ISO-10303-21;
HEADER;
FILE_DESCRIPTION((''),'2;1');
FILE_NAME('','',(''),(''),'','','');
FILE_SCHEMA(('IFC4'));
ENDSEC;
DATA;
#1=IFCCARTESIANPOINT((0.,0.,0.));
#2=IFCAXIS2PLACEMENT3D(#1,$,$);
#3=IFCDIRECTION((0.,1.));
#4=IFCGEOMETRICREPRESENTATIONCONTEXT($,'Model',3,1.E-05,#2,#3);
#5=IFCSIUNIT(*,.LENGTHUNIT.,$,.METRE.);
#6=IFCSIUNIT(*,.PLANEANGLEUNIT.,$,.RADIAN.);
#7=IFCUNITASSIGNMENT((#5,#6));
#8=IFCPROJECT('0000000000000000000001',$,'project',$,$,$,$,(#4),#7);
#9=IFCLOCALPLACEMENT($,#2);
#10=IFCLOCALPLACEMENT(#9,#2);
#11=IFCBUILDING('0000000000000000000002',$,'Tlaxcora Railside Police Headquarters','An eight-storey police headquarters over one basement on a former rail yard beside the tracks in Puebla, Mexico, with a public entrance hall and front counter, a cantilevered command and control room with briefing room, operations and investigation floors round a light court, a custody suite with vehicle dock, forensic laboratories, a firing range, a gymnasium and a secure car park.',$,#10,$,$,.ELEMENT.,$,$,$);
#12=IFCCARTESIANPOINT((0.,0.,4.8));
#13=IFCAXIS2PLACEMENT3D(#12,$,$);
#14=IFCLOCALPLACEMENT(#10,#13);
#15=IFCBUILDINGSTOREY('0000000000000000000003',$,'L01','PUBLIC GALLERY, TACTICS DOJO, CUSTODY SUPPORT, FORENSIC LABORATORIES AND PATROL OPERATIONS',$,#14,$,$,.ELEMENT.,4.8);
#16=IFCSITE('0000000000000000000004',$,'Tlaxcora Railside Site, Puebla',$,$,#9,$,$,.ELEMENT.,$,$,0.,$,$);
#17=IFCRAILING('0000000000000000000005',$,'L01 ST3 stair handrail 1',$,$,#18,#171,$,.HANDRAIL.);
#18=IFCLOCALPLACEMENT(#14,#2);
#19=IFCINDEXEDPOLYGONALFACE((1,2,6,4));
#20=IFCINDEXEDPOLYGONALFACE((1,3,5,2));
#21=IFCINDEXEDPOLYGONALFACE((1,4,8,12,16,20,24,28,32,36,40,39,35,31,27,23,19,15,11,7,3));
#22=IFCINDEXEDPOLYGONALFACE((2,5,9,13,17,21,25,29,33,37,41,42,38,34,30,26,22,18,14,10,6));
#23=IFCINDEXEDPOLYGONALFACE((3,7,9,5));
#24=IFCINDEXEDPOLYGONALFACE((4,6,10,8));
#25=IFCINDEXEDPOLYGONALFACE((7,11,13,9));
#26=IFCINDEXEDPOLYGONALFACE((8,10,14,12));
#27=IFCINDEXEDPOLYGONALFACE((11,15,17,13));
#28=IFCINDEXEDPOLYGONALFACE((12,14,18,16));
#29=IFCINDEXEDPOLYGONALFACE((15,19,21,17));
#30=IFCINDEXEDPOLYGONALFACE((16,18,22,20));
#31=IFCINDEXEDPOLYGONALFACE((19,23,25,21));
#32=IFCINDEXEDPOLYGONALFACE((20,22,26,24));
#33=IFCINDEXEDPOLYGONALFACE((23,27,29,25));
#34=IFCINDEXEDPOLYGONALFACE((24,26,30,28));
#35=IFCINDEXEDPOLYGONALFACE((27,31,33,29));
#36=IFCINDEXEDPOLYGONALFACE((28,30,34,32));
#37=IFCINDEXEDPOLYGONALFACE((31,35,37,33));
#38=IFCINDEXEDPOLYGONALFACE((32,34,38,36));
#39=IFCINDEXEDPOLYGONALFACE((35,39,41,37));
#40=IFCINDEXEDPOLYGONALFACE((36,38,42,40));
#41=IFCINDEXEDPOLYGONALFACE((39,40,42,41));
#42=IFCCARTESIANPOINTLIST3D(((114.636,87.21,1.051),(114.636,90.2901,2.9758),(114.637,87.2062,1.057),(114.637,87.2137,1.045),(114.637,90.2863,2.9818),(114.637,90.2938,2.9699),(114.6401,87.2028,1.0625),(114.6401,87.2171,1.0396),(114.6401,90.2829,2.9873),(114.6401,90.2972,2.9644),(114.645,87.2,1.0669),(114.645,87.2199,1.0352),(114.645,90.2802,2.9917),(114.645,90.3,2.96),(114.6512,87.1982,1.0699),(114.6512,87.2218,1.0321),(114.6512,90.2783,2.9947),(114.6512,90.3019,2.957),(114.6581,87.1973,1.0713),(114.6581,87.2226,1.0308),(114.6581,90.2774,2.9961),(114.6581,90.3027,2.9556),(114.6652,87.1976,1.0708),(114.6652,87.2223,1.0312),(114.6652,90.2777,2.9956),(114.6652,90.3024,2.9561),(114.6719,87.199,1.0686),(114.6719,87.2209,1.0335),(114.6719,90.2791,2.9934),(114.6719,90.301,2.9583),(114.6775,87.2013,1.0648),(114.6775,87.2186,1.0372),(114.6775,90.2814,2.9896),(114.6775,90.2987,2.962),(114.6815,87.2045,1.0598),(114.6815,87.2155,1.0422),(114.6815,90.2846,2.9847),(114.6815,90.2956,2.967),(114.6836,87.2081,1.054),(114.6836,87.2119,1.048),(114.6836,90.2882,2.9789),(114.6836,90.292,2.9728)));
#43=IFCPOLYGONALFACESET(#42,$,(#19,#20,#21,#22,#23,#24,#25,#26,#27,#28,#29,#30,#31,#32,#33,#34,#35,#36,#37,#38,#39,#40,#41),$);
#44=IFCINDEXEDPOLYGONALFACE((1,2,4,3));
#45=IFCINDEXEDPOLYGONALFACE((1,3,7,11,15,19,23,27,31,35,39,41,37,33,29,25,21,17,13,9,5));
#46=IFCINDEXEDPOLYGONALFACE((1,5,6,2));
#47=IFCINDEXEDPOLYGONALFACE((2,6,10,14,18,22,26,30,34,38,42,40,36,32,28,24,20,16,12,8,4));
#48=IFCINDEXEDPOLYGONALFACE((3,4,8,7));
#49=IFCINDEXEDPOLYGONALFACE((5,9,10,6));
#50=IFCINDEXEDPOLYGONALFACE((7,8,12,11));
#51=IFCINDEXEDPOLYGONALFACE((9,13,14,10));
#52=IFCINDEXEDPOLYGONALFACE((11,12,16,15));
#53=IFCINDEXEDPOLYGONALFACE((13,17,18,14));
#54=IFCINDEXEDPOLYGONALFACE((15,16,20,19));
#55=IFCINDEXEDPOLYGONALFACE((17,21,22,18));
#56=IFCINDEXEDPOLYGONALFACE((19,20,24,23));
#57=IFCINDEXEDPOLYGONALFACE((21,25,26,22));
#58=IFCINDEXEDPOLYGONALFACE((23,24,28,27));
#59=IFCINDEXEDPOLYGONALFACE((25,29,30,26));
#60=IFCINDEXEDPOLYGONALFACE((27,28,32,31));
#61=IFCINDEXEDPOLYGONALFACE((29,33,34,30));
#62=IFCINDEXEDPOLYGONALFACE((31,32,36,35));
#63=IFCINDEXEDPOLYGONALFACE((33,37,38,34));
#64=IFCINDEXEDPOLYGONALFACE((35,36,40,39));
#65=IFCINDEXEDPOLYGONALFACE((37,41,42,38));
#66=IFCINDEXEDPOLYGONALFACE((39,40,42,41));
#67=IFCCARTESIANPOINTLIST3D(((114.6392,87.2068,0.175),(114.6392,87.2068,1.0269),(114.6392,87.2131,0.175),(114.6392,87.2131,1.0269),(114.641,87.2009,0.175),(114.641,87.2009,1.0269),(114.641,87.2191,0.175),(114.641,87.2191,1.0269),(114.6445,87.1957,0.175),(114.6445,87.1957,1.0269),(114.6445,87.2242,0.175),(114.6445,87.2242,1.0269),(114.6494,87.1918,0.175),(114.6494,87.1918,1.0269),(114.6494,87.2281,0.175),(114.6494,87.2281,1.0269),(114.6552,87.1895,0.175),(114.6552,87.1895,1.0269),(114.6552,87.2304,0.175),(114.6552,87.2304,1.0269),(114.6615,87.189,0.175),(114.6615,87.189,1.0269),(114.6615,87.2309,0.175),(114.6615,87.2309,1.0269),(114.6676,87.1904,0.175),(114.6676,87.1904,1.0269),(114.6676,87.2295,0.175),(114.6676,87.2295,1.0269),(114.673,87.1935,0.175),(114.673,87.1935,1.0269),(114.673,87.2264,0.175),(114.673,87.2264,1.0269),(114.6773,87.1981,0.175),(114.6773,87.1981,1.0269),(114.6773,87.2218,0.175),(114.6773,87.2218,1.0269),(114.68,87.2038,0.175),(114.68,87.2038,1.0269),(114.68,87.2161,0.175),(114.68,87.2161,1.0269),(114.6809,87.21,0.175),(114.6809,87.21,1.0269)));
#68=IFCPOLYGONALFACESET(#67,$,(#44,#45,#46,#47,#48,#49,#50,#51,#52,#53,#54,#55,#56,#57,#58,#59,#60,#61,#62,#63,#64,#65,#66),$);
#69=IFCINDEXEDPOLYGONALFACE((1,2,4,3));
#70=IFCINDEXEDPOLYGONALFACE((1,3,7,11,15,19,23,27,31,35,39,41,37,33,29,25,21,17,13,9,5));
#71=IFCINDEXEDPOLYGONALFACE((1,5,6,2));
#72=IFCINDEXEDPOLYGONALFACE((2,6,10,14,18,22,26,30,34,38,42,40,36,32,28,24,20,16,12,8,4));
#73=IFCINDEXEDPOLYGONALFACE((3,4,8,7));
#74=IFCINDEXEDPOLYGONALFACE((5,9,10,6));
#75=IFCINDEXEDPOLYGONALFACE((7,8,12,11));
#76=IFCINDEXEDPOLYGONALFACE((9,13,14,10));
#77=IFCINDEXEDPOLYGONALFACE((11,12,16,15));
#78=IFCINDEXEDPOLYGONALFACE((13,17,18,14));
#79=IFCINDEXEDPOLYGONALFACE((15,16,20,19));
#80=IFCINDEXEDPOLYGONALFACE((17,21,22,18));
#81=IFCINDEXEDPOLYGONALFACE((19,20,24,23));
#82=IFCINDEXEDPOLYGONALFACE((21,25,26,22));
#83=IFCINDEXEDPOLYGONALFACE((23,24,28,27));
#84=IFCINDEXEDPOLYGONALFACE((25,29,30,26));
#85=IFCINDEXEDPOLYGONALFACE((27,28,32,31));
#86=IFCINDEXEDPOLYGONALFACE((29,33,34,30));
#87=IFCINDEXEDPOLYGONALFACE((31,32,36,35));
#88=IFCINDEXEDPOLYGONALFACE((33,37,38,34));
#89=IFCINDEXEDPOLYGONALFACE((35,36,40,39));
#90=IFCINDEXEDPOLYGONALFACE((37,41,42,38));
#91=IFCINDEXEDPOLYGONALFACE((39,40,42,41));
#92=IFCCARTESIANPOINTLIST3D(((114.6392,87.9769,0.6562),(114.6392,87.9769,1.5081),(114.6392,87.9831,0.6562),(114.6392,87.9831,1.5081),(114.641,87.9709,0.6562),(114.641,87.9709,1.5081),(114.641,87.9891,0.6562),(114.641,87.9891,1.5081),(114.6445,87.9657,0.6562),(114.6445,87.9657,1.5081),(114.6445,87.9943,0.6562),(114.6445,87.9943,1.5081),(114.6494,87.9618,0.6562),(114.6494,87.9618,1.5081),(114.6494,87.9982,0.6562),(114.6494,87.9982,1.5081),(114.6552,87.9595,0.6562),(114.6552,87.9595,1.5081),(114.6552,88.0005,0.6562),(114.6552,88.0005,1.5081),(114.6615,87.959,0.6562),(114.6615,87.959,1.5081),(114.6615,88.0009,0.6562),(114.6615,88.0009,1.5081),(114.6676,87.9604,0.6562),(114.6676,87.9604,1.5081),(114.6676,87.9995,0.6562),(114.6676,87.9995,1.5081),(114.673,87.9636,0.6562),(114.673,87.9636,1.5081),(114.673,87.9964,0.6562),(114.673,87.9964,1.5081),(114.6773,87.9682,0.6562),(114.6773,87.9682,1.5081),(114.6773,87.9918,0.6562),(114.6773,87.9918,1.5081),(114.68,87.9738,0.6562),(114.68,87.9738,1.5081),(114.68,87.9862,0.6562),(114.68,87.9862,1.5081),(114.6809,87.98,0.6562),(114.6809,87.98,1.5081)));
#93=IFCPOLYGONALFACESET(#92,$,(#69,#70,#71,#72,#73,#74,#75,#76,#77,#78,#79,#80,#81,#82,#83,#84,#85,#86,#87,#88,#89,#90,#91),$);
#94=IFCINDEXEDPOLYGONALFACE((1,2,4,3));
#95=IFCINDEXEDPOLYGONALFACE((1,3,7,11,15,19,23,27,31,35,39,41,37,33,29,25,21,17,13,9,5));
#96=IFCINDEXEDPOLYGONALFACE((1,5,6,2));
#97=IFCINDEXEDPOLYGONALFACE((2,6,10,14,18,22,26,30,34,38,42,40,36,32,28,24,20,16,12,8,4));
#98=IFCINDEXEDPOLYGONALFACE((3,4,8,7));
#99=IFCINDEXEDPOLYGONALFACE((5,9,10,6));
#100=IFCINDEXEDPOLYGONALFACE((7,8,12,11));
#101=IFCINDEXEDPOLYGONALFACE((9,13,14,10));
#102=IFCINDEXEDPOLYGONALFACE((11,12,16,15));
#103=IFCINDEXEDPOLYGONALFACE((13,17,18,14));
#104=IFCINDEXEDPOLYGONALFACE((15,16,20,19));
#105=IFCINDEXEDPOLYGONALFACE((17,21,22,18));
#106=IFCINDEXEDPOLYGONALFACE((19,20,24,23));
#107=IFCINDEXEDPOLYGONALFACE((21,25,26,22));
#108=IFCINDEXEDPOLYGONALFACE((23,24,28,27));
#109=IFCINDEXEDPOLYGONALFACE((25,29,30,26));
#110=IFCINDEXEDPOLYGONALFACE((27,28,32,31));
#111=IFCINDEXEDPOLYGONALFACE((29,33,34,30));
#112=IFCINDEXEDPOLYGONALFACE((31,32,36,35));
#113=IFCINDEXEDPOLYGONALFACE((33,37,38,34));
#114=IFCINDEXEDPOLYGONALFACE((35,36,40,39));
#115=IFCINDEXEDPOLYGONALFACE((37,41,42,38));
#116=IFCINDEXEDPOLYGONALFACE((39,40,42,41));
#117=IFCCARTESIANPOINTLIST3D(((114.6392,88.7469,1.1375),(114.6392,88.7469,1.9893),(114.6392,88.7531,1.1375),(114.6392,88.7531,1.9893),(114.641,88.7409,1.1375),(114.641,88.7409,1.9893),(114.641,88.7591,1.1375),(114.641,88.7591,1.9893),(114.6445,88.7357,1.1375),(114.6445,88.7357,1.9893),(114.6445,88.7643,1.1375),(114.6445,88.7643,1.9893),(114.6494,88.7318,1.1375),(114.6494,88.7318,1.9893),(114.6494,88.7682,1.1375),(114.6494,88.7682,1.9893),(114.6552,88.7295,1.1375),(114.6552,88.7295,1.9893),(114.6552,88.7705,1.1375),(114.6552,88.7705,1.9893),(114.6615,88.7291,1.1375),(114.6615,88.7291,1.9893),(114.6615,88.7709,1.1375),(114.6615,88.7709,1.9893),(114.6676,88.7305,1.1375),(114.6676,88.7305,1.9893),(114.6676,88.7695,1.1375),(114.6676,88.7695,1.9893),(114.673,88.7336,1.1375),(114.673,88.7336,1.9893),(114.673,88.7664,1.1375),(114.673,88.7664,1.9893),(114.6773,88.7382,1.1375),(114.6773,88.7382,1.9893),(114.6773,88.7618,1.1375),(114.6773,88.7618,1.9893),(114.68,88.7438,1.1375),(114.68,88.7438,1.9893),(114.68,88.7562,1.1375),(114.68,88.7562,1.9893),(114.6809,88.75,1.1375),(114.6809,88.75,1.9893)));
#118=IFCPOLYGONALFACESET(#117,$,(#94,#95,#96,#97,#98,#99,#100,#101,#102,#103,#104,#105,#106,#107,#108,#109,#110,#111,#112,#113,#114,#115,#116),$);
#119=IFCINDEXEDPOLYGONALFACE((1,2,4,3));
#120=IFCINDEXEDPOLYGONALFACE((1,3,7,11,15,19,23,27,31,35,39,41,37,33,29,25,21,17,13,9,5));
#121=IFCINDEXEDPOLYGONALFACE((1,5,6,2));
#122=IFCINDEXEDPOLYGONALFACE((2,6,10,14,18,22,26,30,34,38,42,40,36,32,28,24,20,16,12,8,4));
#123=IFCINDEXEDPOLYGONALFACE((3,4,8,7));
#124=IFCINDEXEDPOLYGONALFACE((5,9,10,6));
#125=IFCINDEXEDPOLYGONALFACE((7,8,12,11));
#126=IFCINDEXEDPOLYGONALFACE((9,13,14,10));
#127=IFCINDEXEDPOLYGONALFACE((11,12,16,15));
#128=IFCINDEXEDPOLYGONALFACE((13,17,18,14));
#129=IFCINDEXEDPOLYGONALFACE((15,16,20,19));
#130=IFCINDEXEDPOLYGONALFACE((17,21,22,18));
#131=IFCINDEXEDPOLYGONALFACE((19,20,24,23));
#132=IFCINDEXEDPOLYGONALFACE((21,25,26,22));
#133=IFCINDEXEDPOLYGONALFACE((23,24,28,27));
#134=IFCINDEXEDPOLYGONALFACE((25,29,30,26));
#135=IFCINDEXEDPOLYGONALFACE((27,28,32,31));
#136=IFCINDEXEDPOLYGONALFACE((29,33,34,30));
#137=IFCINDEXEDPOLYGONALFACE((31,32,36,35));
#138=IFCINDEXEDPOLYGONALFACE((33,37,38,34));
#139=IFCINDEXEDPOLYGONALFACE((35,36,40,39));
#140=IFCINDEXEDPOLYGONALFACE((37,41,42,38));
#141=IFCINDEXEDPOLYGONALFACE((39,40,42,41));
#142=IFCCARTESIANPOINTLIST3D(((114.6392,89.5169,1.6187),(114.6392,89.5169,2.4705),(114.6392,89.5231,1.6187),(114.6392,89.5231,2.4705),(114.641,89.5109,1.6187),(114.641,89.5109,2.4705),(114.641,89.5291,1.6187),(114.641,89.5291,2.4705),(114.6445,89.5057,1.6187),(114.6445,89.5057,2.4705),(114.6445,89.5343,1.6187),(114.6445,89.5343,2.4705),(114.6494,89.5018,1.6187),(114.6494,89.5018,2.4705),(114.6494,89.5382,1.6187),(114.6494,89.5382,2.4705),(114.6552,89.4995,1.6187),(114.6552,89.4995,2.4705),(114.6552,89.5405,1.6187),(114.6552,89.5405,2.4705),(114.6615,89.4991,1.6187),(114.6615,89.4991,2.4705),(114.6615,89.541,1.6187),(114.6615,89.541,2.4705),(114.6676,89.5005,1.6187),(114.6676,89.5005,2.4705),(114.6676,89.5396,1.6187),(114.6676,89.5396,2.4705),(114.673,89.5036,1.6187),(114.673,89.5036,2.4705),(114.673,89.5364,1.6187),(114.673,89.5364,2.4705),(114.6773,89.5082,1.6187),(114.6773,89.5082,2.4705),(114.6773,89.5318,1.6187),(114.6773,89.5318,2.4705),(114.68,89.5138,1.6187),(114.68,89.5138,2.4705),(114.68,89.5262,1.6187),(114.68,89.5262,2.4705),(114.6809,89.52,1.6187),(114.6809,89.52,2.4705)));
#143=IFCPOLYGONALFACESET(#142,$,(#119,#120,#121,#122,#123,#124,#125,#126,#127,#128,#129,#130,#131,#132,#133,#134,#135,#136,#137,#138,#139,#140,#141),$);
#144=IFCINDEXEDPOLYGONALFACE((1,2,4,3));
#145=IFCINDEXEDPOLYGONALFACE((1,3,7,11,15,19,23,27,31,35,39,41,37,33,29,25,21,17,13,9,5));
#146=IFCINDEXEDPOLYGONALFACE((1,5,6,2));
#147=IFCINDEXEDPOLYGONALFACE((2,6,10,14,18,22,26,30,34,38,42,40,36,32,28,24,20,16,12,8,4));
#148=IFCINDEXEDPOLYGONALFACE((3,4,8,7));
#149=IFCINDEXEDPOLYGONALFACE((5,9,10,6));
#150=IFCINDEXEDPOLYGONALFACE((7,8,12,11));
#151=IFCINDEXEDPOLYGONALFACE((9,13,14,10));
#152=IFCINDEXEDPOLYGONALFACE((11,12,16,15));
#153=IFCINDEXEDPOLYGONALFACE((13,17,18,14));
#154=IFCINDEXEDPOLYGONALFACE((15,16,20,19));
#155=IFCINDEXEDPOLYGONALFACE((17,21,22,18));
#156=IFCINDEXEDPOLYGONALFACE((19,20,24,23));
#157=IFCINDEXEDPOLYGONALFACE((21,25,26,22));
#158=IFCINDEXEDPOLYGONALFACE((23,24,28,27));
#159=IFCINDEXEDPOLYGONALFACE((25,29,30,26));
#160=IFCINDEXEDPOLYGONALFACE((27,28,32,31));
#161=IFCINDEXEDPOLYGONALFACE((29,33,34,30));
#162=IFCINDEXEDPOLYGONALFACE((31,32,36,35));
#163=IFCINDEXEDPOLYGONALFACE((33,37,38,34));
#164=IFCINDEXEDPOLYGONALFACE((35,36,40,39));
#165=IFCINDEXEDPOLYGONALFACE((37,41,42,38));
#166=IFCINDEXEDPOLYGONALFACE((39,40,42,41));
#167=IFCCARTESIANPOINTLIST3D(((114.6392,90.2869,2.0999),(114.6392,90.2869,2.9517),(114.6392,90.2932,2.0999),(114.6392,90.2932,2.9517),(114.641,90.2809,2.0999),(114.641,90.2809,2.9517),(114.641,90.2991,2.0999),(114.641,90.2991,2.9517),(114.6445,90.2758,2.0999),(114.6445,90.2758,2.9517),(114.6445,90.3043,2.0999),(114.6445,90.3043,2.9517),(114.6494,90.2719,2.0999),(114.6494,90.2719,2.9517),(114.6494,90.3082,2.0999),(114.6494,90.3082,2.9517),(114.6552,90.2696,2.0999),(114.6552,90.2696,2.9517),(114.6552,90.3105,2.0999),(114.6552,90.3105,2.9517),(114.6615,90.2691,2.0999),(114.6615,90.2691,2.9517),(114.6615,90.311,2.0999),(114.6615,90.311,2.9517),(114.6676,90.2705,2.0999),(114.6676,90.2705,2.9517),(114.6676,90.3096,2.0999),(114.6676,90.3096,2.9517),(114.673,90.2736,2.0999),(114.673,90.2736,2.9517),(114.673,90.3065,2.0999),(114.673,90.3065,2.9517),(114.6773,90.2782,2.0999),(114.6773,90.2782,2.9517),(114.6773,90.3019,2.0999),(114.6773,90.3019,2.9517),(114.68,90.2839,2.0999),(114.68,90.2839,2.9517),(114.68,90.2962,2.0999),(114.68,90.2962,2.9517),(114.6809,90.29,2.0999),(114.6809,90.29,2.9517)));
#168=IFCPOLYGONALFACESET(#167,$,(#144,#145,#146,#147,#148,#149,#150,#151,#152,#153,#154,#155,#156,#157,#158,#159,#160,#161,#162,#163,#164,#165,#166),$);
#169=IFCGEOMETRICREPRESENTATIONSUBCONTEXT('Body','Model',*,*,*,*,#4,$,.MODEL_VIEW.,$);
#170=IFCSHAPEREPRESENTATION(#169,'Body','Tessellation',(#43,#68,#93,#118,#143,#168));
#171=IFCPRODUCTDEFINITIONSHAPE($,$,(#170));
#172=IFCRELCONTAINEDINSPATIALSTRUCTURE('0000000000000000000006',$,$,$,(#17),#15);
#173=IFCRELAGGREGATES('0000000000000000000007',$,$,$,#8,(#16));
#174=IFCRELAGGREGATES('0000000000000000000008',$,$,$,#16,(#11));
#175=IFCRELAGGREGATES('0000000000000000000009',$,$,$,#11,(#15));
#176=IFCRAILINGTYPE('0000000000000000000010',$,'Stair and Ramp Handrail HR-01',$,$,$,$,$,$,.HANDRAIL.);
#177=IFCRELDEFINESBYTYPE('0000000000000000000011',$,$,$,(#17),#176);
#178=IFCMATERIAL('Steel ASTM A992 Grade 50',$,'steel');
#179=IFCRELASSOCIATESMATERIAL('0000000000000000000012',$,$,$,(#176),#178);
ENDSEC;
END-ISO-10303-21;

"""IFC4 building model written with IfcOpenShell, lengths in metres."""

from ifc_helpers import new_model, si_unit, direction, frame, origin, origin_2d, place, context, subcontext, project, spatial, circle, extrude, material, type_object, element, save


model = new_model("IFC4")

# Units and contexts
model_context = context("Model", 3, precision=1e-05, world=origin(), true_north=direction((0.0, 1.0)))
body_context = subcontext(model_context, "Body", "Model", "MODEL_VIEW")
ifc_project = project(units=[si_unit("LENGTHUNIT", "METRE"), si_unit("PLANEANGLEUNIT", "RADIAN")], contexts=[model_context])

# Site, building, storey
site_placement = place(None, origin())
site = spatial("IfcSite", under=ifc_project, at=site_placement, Name="Tlaxcora Railside Site, Puebla", CompositionType="ELEMENT", RefElevation=0.0)
building_placement = place(site_placement, origin())
building = spatial("IfcBuilding", under=site, at=building_placement, Name="Tlaxcora Railside Police Headquarters", Description="An eight-storey police headquarters over one basement on a former rail yard beside the tracks in Puebla, Mexico, with a public entrance hall and front counter, a cantilevered command and control room with briefing room, operations and investigation floors round a light court, a custody suite with vehicle dock, forensic laboratories, a firing range, a gymnasium and a secure car park.", CompositionType="ELEMENT")
storey_placement = place(building_placement, frame((0.0, 0.0, 4.8)))
storey = spatial("IfcBuildingStorey", under=building, at=storey_placement, Name="L01", Description="PUBLIC GALLERY, TACTICS DOJO, CUSTODY SUPPORT, FORENSIC LABORATORIES AND PATROL OPERATIONS", CompositionType="ELEMENT", Elevation=4.8)

# Shared definitions
ifc_material_1 = material(Name="Steel ASTM A992 Grade 50", Category="steel")

# Railing
railing_type_1 = type_object("IfcRailingType", Name="Stair and Ramp Handrail HR-01", PredefinedType="HANDRAIL", material=ifc_material_1)
railing_1_placement = place(storey_placement, frame((114.6599, 87.21, 0.175)))
element("IfcRailing", 1, at=railing_1_placement, inside=storey, type_object=railing_type_1, Name="L01 ST3 stair handrail 1", PredefinedType="HANDRAIL", context=body_context, shape_type="SweptSolid", body=[
    extrude(circle(Radius=0.0239, at=origin_2d()), frame((0.0, 0.0, 0.876), z_axis=(0.0, 0.848029, 0.529951), x_axis=(-1.0, 0.0, 0.0)), (0.0, 0.0, 1.0), 3.6321),
    extrude(circle(Radius=0.021, at=origin_2d()), origin(), (0.0, 0.0, 1.0), 0.8518),
    extrude(circle(Radius=0.021, at=origin_2d()), frame((0.0, 0.77, 0.4812)), (0.0, 0.0, 1.0), 0.8518),
    extrude(circle(Radius=0.021, at=origin_2d()), frame((0.0, 1.54, 0.9624)), (0.0, 0.0, 1.0), 0.8518),
    extrude(circle(Radius=0.021, at=origin_2d()), frame((0.0, 2.3101, 1.4436)), (0.0, 0.0, 1.0), 0.8518),
    extrude(circle(Radius=0.021, at=origin_2d()), frame((0.0, 3.0801, 1.9248)), (0.0, 0.0, 1.0), 0.8518),
])

save(model, "model.ifc")
